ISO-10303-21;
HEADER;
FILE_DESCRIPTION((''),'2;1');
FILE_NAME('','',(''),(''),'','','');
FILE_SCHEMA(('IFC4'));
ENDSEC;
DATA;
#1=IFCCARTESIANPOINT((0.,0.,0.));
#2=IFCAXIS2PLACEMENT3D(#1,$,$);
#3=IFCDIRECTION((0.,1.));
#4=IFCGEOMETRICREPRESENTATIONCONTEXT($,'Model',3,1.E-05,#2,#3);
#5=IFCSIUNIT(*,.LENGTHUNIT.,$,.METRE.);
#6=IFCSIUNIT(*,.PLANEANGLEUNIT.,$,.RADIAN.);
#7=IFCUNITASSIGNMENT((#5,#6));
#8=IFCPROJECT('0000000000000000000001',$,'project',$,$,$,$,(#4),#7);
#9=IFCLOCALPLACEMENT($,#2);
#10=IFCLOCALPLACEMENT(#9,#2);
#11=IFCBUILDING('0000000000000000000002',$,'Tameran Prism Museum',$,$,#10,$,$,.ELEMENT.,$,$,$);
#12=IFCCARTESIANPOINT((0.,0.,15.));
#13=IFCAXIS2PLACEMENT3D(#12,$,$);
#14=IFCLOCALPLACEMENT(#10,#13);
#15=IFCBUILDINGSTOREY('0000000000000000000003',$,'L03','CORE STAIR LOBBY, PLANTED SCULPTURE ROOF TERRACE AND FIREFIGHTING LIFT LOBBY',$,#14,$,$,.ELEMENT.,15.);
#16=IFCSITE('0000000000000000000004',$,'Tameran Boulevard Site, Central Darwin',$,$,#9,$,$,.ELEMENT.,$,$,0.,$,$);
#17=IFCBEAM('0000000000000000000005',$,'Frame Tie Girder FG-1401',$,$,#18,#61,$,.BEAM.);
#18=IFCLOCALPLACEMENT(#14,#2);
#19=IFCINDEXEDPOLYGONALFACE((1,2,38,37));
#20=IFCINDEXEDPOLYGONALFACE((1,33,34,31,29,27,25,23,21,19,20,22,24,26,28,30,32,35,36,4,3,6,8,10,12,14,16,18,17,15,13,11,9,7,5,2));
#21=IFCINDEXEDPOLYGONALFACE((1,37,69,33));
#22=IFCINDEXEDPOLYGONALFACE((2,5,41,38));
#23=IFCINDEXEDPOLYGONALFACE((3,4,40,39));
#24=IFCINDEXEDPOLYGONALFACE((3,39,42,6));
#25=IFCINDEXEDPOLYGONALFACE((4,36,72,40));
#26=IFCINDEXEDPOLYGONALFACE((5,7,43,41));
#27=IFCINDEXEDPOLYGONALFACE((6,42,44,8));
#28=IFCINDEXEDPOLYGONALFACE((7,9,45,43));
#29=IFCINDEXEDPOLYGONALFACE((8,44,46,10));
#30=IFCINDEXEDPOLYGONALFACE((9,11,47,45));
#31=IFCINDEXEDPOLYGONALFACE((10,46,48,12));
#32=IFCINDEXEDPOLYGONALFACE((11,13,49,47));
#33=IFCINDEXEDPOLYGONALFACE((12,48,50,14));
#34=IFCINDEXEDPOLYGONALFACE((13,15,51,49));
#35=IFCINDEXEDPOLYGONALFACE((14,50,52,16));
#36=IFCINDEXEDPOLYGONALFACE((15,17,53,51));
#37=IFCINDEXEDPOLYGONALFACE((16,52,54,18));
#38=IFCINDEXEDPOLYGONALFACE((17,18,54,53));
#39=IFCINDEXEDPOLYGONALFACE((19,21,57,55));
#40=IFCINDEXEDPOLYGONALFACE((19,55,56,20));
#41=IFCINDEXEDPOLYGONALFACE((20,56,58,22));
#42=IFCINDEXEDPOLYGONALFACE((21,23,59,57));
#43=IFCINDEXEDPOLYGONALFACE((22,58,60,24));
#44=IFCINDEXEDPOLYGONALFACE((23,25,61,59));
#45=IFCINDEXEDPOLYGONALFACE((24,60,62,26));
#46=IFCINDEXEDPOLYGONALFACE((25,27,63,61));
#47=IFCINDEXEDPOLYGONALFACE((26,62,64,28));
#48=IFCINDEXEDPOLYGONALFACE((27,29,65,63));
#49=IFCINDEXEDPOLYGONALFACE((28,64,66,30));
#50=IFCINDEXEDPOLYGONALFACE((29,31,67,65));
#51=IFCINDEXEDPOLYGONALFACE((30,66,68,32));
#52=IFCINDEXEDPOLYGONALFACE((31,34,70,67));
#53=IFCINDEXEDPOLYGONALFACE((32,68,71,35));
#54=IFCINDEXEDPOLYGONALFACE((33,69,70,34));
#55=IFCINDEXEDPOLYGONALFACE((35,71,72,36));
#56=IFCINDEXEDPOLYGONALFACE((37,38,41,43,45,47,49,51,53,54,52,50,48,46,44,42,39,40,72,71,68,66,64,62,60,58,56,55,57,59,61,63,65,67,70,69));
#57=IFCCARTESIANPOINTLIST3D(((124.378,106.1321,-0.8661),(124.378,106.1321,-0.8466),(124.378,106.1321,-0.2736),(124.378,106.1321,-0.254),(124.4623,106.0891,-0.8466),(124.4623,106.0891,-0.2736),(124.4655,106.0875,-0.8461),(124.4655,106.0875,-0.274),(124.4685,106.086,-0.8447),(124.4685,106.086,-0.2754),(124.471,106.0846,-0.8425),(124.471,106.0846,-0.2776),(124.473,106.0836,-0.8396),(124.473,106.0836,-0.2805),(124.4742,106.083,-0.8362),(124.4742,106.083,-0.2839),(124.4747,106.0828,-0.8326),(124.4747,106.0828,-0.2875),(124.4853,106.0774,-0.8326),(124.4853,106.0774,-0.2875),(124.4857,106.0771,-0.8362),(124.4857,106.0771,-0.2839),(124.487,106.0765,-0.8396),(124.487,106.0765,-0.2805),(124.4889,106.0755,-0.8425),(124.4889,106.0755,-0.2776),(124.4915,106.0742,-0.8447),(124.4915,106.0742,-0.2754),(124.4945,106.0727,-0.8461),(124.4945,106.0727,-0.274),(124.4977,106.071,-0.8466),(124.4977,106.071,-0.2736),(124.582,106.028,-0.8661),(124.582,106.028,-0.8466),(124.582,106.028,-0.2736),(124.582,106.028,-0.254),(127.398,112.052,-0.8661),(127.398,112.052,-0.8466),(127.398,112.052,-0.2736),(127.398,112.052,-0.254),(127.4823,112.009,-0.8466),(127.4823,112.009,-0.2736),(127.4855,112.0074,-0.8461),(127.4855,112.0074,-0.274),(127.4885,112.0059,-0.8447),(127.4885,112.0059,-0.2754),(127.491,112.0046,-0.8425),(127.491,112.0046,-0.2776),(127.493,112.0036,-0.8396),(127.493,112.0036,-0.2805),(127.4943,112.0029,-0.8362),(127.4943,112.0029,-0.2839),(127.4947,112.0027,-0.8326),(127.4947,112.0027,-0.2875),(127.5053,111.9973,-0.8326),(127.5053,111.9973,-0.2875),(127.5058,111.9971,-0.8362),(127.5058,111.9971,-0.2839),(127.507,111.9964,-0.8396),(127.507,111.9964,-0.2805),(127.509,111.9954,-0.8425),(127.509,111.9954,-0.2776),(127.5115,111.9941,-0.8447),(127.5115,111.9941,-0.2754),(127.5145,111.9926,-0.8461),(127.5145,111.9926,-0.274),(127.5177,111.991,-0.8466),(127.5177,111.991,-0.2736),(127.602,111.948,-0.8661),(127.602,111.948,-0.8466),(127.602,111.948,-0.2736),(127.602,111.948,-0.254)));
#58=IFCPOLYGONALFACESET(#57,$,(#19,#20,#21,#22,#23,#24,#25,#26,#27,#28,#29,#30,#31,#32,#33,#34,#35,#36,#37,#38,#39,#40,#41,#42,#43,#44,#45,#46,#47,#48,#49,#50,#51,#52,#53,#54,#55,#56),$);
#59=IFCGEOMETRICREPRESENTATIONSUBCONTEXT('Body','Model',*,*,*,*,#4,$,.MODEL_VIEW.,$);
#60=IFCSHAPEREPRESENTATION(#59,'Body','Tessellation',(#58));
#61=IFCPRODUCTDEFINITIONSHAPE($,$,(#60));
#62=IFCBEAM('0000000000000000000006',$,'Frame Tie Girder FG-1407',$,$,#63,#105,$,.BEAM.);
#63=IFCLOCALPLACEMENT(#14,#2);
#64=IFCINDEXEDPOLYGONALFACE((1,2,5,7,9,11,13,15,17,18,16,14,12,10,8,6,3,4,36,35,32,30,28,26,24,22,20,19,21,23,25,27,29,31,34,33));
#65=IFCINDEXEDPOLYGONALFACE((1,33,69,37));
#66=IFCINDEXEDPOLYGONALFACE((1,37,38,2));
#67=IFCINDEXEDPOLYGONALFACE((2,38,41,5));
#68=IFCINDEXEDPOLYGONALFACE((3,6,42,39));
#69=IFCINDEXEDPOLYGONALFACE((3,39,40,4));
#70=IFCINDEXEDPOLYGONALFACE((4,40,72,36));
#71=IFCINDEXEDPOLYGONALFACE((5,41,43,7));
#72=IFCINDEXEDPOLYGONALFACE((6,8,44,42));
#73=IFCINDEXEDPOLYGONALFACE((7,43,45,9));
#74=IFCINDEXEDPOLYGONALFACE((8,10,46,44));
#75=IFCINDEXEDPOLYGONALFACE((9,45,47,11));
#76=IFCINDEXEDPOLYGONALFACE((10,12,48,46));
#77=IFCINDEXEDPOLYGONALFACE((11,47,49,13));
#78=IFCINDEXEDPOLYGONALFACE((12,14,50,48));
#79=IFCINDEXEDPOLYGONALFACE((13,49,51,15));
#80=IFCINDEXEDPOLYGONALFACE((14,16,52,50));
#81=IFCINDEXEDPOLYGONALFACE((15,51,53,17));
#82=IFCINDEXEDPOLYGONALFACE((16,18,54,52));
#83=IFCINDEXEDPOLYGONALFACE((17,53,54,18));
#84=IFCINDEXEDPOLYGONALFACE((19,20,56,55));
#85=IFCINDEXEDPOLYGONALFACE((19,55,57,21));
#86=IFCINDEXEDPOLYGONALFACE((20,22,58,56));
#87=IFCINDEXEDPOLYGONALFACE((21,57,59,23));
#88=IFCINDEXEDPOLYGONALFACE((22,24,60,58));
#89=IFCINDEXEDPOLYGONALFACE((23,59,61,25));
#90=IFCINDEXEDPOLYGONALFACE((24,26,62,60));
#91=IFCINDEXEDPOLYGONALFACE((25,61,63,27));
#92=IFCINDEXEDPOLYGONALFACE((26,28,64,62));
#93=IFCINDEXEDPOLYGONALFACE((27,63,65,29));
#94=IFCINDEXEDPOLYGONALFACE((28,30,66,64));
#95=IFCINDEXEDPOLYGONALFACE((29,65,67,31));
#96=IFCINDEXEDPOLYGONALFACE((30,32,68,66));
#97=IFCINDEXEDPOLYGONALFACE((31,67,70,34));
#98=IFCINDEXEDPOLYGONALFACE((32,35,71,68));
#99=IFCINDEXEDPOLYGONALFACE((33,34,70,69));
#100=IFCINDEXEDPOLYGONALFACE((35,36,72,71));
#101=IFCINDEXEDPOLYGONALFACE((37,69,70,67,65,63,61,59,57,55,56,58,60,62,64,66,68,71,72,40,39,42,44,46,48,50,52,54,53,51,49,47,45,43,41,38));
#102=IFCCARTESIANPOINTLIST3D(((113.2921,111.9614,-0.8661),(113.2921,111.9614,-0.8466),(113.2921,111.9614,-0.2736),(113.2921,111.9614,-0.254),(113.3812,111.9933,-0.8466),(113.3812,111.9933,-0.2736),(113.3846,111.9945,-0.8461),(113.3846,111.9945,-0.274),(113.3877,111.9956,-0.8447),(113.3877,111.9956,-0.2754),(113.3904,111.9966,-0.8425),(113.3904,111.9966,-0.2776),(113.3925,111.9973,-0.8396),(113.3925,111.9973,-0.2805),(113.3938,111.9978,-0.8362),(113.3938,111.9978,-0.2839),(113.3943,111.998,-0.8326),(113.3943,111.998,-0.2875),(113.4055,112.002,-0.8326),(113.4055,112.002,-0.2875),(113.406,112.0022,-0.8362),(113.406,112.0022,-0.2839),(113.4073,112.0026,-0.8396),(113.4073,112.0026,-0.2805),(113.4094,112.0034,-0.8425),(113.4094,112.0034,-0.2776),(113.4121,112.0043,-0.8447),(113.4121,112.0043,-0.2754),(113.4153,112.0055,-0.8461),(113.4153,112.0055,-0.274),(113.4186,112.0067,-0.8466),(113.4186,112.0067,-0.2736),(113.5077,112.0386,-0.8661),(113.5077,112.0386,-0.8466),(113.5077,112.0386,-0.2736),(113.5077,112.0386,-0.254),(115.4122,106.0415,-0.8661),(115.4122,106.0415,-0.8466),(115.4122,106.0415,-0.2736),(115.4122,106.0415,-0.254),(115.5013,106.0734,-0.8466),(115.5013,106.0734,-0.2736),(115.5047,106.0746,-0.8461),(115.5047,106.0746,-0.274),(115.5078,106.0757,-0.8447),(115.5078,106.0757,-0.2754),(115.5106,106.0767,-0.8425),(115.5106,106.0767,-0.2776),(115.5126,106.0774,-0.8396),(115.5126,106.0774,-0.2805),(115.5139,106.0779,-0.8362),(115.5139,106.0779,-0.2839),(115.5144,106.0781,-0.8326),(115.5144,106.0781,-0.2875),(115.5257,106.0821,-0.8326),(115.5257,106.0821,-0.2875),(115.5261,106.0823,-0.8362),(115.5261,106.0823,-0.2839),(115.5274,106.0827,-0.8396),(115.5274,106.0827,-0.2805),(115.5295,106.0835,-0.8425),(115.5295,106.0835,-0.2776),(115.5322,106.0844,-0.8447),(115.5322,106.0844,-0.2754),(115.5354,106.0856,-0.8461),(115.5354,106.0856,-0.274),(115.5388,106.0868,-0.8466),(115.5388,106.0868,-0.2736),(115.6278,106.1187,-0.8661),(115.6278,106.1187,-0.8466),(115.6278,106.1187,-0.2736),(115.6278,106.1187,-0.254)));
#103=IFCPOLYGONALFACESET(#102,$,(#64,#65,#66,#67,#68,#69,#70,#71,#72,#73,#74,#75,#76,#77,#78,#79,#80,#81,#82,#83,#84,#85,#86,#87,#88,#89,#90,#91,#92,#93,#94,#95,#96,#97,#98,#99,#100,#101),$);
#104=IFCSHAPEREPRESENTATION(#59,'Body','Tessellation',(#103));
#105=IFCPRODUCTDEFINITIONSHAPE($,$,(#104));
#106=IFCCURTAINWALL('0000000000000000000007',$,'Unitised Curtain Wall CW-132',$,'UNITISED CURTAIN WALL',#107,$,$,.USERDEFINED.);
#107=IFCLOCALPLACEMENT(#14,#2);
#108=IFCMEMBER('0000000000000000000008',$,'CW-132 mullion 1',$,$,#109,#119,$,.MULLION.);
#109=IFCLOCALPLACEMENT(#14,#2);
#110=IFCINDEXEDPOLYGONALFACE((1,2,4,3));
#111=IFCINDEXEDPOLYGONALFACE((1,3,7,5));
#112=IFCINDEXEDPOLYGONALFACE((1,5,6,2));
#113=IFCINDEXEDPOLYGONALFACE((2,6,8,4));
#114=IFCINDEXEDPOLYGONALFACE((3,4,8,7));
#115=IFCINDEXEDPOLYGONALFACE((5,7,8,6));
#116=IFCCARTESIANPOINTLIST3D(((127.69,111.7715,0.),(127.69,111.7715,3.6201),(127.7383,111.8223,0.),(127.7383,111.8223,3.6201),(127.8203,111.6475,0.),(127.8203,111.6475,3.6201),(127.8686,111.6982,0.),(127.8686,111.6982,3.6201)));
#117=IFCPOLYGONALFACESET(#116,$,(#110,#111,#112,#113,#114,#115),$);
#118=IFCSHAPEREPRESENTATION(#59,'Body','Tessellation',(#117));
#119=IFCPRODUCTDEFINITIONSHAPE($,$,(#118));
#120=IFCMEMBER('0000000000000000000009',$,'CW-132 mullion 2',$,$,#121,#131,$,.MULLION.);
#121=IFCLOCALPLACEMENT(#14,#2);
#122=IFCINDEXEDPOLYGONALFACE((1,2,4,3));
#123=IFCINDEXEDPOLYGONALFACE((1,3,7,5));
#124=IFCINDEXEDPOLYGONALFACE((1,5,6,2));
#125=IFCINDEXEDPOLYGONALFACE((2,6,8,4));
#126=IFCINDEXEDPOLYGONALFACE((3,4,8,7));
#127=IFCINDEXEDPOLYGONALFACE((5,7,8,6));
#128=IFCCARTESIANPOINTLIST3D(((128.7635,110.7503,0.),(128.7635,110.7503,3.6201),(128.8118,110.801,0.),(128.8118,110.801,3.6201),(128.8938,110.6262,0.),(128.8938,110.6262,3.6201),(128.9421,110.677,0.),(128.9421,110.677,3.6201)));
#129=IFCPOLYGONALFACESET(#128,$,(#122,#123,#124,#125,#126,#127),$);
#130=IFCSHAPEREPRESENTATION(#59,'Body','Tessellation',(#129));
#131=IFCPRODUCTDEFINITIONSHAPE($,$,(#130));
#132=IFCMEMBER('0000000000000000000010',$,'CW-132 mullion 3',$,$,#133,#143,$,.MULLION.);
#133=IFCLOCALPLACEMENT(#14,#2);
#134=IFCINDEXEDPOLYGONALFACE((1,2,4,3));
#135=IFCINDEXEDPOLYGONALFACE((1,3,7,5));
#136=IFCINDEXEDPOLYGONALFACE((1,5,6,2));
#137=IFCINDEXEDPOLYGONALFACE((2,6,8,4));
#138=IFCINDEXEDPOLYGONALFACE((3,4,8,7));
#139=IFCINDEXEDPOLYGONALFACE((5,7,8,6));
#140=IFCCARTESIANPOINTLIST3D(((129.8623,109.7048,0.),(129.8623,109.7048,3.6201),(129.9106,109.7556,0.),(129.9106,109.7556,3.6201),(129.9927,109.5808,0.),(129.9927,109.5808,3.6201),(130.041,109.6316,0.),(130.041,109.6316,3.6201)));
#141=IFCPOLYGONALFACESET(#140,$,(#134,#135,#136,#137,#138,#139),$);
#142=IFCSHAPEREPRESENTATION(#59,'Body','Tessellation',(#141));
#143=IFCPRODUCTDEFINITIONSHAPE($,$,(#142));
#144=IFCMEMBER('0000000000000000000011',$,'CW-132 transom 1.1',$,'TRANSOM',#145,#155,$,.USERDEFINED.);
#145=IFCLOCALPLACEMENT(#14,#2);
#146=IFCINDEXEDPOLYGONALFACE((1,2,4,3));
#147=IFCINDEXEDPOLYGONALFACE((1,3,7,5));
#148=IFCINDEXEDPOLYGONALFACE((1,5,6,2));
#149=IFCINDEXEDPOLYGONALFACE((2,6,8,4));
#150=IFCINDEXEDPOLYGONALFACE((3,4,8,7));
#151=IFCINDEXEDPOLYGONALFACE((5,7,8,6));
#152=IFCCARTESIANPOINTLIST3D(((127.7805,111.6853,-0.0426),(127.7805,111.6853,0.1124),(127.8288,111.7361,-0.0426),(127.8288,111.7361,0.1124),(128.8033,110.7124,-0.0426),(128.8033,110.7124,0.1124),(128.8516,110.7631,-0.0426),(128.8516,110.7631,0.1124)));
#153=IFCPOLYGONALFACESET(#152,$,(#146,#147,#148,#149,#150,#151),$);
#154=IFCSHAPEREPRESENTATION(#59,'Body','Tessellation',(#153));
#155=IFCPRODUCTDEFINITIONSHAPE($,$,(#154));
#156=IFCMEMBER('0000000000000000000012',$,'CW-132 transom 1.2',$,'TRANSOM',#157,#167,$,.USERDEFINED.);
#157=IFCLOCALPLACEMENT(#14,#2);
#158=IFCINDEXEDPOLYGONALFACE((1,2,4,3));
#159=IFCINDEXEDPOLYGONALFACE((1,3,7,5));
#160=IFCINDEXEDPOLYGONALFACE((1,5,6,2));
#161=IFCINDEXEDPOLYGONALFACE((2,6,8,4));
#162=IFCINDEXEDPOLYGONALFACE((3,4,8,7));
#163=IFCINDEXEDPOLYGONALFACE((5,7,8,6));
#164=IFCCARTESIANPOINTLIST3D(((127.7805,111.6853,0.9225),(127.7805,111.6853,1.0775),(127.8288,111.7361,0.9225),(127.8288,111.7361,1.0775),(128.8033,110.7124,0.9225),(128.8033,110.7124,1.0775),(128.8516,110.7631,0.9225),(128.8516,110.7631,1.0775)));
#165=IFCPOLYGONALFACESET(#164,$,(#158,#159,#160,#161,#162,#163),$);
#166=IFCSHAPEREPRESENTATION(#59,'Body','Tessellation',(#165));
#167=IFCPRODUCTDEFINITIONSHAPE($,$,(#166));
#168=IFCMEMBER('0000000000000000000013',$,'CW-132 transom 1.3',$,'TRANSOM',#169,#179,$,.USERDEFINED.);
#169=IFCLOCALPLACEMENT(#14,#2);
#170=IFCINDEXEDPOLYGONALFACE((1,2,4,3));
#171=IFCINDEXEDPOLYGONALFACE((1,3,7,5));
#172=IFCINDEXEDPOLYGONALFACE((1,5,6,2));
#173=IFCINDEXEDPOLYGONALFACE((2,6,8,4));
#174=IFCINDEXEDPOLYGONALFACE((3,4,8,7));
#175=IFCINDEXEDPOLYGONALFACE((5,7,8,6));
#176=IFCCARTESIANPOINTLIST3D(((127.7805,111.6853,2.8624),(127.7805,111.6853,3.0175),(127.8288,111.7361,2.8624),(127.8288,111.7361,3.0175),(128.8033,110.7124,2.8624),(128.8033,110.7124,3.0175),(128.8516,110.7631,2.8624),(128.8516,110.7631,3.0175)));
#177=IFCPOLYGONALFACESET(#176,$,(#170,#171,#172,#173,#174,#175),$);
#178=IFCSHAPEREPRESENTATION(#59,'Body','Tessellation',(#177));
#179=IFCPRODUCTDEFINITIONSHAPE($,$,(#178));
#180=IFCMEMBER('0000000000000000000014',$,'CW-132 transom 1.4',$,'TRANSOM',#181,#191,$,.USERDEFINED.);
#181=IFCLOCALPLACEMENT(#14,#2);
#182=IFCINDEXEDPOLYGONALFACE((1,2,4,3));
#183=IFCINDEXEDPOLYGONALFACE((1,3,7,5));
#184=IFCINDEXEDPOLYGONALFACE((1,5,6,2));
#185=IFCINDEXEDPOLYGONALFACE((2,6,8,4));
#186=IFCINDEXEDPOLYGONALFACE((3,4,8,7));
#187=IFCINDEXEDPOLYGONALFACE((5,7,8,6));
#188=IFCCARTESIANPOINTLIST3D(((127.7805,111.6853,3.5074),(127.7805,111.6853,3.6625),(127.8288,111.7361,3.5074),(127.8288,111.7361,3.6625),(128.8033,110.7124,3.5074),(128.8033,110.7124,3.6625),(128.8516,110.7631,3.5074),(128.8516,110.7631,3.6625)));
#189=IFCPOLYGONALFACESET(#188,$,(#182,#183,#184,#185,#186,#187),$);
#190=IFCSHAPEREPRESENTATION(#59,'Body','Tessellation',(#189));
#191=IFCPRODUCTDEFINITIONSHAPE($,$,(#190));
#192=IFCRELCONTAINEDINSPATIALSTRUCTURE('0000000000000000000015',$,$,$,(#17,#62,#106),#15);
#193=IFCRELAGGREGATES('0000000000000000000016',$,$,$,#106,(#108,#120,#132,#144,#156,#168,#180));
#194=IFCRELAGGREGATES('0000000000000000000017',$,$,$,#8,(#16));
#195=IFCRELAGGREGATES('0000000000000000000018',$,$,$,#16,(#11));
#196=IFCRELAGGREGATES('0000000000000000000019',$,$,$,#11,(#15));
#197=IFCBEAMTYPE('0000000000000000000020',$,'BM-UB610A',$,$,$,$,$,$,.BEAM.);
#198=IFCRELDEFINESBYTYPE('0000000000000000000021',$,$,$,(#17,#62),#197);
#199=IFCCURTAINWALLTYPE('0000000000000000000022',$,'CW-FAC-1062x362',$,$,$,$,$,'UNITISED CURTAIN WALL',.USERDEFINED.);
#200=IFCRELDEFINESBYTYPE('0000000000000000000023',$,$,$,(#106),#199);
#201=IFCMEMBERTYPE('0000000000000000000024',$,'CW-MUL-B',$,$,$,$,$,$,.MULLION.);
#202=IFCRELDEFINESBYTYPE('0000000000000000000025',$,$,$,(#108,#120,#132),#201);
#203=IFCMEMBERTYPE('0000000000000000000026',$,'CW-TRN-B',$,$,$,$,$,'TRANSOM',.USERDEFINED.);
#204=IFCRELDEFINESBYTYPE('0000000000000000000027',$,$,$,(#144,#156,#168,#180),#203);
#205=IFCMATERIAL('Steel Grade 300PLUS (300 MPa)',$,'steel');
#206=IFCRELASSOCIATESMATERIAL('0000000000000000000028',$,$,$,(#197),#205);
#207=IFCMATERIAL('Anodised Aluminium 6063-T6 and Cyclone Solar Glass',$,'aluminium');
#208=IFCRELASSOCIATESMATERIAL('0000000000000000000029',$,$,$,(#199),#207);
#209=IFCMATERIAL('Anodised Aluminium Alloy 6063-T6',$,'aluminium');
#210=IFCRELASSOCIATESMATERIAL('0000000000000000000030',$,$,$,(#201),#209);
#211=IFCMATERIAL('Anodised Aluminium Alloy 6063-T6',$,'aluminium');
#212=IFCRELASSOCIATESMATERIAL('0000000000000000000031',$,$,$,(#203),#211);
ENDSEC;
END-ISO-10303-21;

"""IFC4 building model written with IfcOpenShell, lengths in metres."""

from ifc_helpers import new_model, si_unit, direction, frame, origin, origin_2d, place, context, subcontext, project, spatial, rectangle, i_section, extrude, material, material_profile, profile_set, type_object, element, aggregate, save


model = new_model("IFC4")

# Units and contexts
model_context = context("Model", 3, precision=1e-05, world=origin(), true_north=direction((0.0, 1.0)))
body_context = subcontext(model_context, "Body", "Model", "MODEL_VIEW")
ifc_project = project(units=[si_unit("LENGTHUNIT", "METRE"), si_unit("PLANEANGLEUNIT", "RADIAN")], contexts=[model_context])

# Site, building, storey
site_placement = place(None, origin())
site = spatial("IfcSite", under=ifc_project, at=site_placement, Name="Tameran Boulevard Site, Central Darwin", CompositionType="ELEMENT", RefElevation=0.0)
building_placement = place(site_placement, origin())
building = spatial("IfcBuilding", under=site, at=building_placement, Name="Tameran Prism Museum", CompositionType="ELEMENT")
storey_placement = place(building_placement, frame((0.0, 0.0, 15.0)))
storey = spatial("IfcBuildingStorey", under=building, at=storey_placement, Name="L03", Description="CORE STAIR LOBBY, PLANTED SCULPTURE ROOF TERRACE AND FIREFIGHTING LIFT LOBBY", CompositionType="ELEMENT", Elevation=15.0)

# Beams
ifc_material_1 = material(Name="Steel Grade 300PLUS (300 MPa)", Category="steel")
ifc_material_profile_1 = material_profile(ifc_material_1, i_section(OverallWidth=0.229, OverallDepth=0.6121, WebThickness=0.012, FlangeThickness=0.0195, FilletRadius=0.0139, at=origin_2d()))
ifc_profile_set_1 = profile_set([ifc_material_profile_1])
beam_type_1 = type_object("IfcBeamType", Name="BM-UB610A", PredefinedType="BEAM", material=ifc_profile_set_1)
beam_1_placement = place(storey_placement, frame((124.48, 106.0801, -0.5601), z_axis=(0.454429, 0.890783, 0.0), x_axis=(-0.890783, 0.454429, 0.0)))
element("IfcBeam", 1, at=beam_1_placement, inside=storey, type_object=beam_type_1, Name="Frame Tie Girder FG-1401", PredefinedType="BEAM", context=body_context, shape_type="SweptSolid", body=[
    extrude(i_section(OverallWidth=0.229, OverallDepth=0.6121, WebThickness=0.012, FlangeThickness=0.0195, FilletRadius=0.0139, at=origin_2d()), origin(), (0.0, 0.0, 1.0), 6.6458),
])
beam_2_placement = place(storey_placement, frame((115.52, 106.0801, -0.5601), z_axis=(-0.337163, 0.941446, 0.0), x_axis=(-0.941446, -0.337163, 0.0)))
element("IfcBeam", 2, at=beam_2_placement, inside=storey, type_object=beam_type_1, Name="Frame Tie Girder FG-1407", PredefinedType="BEAM", context=body_context, shape_type="SweptSolid", body=[
    extrude(i_section(OverallWidth=0.229, OverallDepth=0.6121, WebThickness=0.012, FlangeThickness=0.0195, FilletRadius=0.0139, at=origin_2d()), origin(), (0.0, 0.0, 1.0), 6.2881),
])

# Curtain wall, members
ifc_material_2 = material(Name="Anodised Aluminium 6063-T6 and Cyclone Solar Glass", Category="aluminium")
curtain_wall_type = type_object("IfcCurtainWallType", Name="CW-FAC-1062x362", ElementType="UNITISED CURTAIN WALL", PredefinedType="USERDEFINED", material=ifc_material_2)
curtain_wall_placement = place(storey_placement, origin())
curtain_wall = element("IfcCurtainWall", 3, at=curtain_wall_placement, inside=storey, type_object=curtain_wall_type, Name="Unitised Curtain Wall CW-132", ObjectType="UNITISED CURTAIN WALL", PredefinedType="USERDEFINED")
ifc_material_3 = material(Name="Anodised Aluminium Alloy 6063-T6", Category="aluminium")
ifc_material_profile_2 = material_profile(ifc_material_3, rectangle(XDim=0.0701, YDim=0.1799, at=origin_2d()))
ifc_profile_set_2 = profile_set([ifc_material_profile_2])
member_type_1 = type_object("IfcMemberType", Name="CW-MUL-B", PredefinedType="MULLION", material=ifc_profile_set_2)
member_1_placement = place(storey_placement, frame((127.7793, 111.7349, 0.0), z_axis=(0.0, 0.0, 1.0), x_axis=(0.689274, 0.724501, 0.0)))
member_1 = element("IfcMember", 4, at=member_1_placement, type_object=member_type_1, Name="CW-132 mullion 1", PredefinedType="MULLION", context=body_context, shape_type="SweptSolid", body=[
    extrude(rectangle(XDim=0.0701, YDim=0.1799, at=origin_2d()), origin(), (0.0, 0.0, 1.0), 3.6201),
])
member_2_placement = place(storey_placement, frame((128.8528, 110.7136, 0.0), z_axis=(0.0, 0.0, 1.0), x_axis=(0.689274, 0.724501, 0.0)))
member_2 = element("IfcMember", 5, at=member_2_placement, type_object=member_type_1, Name="CW-132 mullion 2", PredefinedType="MULLION", context=body_context, shape_type="SweptSolid", body=[
    extrude(rectangle(XDim=0.0701, YDim=0.1799, at=origin_2d()), origin(), (0.0, 0.0, 1.0), 3.6201),
])
member_3_placement = place(storey_placement, frame((129.9517, 109.6682, 0.0), z_axis=(0.0, 0.0, 1.0), x_axis=(0.689274, 0.724501, 0.0)))
member_3 = element("IfcMember", 6, at=member_3_placement, type_object=member_type_1, Name="CW-132 mullion 3", PredefinedType="MULLION", context=body_context, shape_type="SweptSolid", body=[
    extrude(rectangle(XDim=0.0701, YDim=0.1799, at=origin_2d()), origin(), (0.0, 0.0, 1.0), 3.6201),
])
ifc_material_4 = material(Name="Anodised Aluminium Alloy 6063-T6", Category="aluminium")
ifc_material_profile_3 = material_profile(ifc_material_4, rectangle(XDim=0.0701, YDim=0.155, at=origin_2d()))
ifc_profile_set_3 = profile_set([ifc_material_profile_3])
member_type_2 = type_object("IfcMemberType", Name="CW-TRN-B", ElementType="TRANSOM", PredefinedType="USERDEFINED", material=ifc_profile_set_3)
member_4_placement = place(storey_placement, frame((127.8047, 111.7107, 0.0349), z_axis=(0.724529, -0.689245, 0.0), x_axis=(0.689245, 0.724529, 0.0)))
member_4 = element("IfcMember", 7, at=member_4_placement, type_object=member_type_2, Name="CW-132 transom 1.1", ObjectType="TRANSOM", PredefinedType="USERDEFINED", context=body_context, shape_type="SweptSolid", body=[
    extrude(rectangle(XDim=0.0701, YDim=0.155, at=origin_2d()), origin(), (0.0, 0.0, 1.0), 1.4116),
])
member_5_placement = place(storey_placement, frame((127.8047, 111.7107, 1.0), z_axis=(0.724529, -0.689245, 0.0), x_axis=(0.689245, 0.724529, 0.0)))
member_5 = element("IfcMember", 8, at=member_5_placement, type_object=member_type_2, Name="CW-132 transom 1.2", ObjectType="TRANSOM", PredefinedType="USERDEFINED", context=body_context, shape_type="SweptSolid", body=[
    extrude(rectangle(XDim=0.0701, YDim=0.155, at=origin_2d()), origin(), (0.0, 0.0, 1.0), 1.4116),
])
member_6_placement = place(storey_placement, frame((127.8047, 111.7107, 2.9399), z_axis=(0.724529, -0.689245, 0.0), x_axis=(0.689245, 0.724529, 0.0)))
member_6 = element("IfcMember", 9, at=member_6_placement, type_object=member_type_2, Name="CW-132 transom 1.3", ObjectType="TRANSOM", PredefinedType="USERDEFINED", context=body_context, shape_type="SweptSolid", body=[
    extrude(rectangle(XDim=0.0701, YDim=0.155, at=origin_2d()), origin(), (0.0, 0.0, 1.0), 1.4116),
])
member_7_placement = place(storey_placement, frame((127.8047, 111.7107, 3.585), z_axis=(0.724529, -0.689245, 0.0), x_axis=(0.689245, 0.724529, 0.0)))
member_7 = element("IfcMember", 10, at=member_7_placement, type_object=member_type_2, Name="CW-132 transom 1.4", ObjectType="TRANSOM", PredefinedType="USERDEFINED", context=body_context, shape_type="SweptSolid", body=[
    extrude(rectangle(XDim=0.0701, YDim=0.155, at=origin_2d()), origin(), (0.0, 0.0, 1.0), 1.4116),
])
aggregate(curtain_wall, [member_1, member_2, member_3, member_4, member_5, member_6, member_7])

save(model, "model.ifc")
